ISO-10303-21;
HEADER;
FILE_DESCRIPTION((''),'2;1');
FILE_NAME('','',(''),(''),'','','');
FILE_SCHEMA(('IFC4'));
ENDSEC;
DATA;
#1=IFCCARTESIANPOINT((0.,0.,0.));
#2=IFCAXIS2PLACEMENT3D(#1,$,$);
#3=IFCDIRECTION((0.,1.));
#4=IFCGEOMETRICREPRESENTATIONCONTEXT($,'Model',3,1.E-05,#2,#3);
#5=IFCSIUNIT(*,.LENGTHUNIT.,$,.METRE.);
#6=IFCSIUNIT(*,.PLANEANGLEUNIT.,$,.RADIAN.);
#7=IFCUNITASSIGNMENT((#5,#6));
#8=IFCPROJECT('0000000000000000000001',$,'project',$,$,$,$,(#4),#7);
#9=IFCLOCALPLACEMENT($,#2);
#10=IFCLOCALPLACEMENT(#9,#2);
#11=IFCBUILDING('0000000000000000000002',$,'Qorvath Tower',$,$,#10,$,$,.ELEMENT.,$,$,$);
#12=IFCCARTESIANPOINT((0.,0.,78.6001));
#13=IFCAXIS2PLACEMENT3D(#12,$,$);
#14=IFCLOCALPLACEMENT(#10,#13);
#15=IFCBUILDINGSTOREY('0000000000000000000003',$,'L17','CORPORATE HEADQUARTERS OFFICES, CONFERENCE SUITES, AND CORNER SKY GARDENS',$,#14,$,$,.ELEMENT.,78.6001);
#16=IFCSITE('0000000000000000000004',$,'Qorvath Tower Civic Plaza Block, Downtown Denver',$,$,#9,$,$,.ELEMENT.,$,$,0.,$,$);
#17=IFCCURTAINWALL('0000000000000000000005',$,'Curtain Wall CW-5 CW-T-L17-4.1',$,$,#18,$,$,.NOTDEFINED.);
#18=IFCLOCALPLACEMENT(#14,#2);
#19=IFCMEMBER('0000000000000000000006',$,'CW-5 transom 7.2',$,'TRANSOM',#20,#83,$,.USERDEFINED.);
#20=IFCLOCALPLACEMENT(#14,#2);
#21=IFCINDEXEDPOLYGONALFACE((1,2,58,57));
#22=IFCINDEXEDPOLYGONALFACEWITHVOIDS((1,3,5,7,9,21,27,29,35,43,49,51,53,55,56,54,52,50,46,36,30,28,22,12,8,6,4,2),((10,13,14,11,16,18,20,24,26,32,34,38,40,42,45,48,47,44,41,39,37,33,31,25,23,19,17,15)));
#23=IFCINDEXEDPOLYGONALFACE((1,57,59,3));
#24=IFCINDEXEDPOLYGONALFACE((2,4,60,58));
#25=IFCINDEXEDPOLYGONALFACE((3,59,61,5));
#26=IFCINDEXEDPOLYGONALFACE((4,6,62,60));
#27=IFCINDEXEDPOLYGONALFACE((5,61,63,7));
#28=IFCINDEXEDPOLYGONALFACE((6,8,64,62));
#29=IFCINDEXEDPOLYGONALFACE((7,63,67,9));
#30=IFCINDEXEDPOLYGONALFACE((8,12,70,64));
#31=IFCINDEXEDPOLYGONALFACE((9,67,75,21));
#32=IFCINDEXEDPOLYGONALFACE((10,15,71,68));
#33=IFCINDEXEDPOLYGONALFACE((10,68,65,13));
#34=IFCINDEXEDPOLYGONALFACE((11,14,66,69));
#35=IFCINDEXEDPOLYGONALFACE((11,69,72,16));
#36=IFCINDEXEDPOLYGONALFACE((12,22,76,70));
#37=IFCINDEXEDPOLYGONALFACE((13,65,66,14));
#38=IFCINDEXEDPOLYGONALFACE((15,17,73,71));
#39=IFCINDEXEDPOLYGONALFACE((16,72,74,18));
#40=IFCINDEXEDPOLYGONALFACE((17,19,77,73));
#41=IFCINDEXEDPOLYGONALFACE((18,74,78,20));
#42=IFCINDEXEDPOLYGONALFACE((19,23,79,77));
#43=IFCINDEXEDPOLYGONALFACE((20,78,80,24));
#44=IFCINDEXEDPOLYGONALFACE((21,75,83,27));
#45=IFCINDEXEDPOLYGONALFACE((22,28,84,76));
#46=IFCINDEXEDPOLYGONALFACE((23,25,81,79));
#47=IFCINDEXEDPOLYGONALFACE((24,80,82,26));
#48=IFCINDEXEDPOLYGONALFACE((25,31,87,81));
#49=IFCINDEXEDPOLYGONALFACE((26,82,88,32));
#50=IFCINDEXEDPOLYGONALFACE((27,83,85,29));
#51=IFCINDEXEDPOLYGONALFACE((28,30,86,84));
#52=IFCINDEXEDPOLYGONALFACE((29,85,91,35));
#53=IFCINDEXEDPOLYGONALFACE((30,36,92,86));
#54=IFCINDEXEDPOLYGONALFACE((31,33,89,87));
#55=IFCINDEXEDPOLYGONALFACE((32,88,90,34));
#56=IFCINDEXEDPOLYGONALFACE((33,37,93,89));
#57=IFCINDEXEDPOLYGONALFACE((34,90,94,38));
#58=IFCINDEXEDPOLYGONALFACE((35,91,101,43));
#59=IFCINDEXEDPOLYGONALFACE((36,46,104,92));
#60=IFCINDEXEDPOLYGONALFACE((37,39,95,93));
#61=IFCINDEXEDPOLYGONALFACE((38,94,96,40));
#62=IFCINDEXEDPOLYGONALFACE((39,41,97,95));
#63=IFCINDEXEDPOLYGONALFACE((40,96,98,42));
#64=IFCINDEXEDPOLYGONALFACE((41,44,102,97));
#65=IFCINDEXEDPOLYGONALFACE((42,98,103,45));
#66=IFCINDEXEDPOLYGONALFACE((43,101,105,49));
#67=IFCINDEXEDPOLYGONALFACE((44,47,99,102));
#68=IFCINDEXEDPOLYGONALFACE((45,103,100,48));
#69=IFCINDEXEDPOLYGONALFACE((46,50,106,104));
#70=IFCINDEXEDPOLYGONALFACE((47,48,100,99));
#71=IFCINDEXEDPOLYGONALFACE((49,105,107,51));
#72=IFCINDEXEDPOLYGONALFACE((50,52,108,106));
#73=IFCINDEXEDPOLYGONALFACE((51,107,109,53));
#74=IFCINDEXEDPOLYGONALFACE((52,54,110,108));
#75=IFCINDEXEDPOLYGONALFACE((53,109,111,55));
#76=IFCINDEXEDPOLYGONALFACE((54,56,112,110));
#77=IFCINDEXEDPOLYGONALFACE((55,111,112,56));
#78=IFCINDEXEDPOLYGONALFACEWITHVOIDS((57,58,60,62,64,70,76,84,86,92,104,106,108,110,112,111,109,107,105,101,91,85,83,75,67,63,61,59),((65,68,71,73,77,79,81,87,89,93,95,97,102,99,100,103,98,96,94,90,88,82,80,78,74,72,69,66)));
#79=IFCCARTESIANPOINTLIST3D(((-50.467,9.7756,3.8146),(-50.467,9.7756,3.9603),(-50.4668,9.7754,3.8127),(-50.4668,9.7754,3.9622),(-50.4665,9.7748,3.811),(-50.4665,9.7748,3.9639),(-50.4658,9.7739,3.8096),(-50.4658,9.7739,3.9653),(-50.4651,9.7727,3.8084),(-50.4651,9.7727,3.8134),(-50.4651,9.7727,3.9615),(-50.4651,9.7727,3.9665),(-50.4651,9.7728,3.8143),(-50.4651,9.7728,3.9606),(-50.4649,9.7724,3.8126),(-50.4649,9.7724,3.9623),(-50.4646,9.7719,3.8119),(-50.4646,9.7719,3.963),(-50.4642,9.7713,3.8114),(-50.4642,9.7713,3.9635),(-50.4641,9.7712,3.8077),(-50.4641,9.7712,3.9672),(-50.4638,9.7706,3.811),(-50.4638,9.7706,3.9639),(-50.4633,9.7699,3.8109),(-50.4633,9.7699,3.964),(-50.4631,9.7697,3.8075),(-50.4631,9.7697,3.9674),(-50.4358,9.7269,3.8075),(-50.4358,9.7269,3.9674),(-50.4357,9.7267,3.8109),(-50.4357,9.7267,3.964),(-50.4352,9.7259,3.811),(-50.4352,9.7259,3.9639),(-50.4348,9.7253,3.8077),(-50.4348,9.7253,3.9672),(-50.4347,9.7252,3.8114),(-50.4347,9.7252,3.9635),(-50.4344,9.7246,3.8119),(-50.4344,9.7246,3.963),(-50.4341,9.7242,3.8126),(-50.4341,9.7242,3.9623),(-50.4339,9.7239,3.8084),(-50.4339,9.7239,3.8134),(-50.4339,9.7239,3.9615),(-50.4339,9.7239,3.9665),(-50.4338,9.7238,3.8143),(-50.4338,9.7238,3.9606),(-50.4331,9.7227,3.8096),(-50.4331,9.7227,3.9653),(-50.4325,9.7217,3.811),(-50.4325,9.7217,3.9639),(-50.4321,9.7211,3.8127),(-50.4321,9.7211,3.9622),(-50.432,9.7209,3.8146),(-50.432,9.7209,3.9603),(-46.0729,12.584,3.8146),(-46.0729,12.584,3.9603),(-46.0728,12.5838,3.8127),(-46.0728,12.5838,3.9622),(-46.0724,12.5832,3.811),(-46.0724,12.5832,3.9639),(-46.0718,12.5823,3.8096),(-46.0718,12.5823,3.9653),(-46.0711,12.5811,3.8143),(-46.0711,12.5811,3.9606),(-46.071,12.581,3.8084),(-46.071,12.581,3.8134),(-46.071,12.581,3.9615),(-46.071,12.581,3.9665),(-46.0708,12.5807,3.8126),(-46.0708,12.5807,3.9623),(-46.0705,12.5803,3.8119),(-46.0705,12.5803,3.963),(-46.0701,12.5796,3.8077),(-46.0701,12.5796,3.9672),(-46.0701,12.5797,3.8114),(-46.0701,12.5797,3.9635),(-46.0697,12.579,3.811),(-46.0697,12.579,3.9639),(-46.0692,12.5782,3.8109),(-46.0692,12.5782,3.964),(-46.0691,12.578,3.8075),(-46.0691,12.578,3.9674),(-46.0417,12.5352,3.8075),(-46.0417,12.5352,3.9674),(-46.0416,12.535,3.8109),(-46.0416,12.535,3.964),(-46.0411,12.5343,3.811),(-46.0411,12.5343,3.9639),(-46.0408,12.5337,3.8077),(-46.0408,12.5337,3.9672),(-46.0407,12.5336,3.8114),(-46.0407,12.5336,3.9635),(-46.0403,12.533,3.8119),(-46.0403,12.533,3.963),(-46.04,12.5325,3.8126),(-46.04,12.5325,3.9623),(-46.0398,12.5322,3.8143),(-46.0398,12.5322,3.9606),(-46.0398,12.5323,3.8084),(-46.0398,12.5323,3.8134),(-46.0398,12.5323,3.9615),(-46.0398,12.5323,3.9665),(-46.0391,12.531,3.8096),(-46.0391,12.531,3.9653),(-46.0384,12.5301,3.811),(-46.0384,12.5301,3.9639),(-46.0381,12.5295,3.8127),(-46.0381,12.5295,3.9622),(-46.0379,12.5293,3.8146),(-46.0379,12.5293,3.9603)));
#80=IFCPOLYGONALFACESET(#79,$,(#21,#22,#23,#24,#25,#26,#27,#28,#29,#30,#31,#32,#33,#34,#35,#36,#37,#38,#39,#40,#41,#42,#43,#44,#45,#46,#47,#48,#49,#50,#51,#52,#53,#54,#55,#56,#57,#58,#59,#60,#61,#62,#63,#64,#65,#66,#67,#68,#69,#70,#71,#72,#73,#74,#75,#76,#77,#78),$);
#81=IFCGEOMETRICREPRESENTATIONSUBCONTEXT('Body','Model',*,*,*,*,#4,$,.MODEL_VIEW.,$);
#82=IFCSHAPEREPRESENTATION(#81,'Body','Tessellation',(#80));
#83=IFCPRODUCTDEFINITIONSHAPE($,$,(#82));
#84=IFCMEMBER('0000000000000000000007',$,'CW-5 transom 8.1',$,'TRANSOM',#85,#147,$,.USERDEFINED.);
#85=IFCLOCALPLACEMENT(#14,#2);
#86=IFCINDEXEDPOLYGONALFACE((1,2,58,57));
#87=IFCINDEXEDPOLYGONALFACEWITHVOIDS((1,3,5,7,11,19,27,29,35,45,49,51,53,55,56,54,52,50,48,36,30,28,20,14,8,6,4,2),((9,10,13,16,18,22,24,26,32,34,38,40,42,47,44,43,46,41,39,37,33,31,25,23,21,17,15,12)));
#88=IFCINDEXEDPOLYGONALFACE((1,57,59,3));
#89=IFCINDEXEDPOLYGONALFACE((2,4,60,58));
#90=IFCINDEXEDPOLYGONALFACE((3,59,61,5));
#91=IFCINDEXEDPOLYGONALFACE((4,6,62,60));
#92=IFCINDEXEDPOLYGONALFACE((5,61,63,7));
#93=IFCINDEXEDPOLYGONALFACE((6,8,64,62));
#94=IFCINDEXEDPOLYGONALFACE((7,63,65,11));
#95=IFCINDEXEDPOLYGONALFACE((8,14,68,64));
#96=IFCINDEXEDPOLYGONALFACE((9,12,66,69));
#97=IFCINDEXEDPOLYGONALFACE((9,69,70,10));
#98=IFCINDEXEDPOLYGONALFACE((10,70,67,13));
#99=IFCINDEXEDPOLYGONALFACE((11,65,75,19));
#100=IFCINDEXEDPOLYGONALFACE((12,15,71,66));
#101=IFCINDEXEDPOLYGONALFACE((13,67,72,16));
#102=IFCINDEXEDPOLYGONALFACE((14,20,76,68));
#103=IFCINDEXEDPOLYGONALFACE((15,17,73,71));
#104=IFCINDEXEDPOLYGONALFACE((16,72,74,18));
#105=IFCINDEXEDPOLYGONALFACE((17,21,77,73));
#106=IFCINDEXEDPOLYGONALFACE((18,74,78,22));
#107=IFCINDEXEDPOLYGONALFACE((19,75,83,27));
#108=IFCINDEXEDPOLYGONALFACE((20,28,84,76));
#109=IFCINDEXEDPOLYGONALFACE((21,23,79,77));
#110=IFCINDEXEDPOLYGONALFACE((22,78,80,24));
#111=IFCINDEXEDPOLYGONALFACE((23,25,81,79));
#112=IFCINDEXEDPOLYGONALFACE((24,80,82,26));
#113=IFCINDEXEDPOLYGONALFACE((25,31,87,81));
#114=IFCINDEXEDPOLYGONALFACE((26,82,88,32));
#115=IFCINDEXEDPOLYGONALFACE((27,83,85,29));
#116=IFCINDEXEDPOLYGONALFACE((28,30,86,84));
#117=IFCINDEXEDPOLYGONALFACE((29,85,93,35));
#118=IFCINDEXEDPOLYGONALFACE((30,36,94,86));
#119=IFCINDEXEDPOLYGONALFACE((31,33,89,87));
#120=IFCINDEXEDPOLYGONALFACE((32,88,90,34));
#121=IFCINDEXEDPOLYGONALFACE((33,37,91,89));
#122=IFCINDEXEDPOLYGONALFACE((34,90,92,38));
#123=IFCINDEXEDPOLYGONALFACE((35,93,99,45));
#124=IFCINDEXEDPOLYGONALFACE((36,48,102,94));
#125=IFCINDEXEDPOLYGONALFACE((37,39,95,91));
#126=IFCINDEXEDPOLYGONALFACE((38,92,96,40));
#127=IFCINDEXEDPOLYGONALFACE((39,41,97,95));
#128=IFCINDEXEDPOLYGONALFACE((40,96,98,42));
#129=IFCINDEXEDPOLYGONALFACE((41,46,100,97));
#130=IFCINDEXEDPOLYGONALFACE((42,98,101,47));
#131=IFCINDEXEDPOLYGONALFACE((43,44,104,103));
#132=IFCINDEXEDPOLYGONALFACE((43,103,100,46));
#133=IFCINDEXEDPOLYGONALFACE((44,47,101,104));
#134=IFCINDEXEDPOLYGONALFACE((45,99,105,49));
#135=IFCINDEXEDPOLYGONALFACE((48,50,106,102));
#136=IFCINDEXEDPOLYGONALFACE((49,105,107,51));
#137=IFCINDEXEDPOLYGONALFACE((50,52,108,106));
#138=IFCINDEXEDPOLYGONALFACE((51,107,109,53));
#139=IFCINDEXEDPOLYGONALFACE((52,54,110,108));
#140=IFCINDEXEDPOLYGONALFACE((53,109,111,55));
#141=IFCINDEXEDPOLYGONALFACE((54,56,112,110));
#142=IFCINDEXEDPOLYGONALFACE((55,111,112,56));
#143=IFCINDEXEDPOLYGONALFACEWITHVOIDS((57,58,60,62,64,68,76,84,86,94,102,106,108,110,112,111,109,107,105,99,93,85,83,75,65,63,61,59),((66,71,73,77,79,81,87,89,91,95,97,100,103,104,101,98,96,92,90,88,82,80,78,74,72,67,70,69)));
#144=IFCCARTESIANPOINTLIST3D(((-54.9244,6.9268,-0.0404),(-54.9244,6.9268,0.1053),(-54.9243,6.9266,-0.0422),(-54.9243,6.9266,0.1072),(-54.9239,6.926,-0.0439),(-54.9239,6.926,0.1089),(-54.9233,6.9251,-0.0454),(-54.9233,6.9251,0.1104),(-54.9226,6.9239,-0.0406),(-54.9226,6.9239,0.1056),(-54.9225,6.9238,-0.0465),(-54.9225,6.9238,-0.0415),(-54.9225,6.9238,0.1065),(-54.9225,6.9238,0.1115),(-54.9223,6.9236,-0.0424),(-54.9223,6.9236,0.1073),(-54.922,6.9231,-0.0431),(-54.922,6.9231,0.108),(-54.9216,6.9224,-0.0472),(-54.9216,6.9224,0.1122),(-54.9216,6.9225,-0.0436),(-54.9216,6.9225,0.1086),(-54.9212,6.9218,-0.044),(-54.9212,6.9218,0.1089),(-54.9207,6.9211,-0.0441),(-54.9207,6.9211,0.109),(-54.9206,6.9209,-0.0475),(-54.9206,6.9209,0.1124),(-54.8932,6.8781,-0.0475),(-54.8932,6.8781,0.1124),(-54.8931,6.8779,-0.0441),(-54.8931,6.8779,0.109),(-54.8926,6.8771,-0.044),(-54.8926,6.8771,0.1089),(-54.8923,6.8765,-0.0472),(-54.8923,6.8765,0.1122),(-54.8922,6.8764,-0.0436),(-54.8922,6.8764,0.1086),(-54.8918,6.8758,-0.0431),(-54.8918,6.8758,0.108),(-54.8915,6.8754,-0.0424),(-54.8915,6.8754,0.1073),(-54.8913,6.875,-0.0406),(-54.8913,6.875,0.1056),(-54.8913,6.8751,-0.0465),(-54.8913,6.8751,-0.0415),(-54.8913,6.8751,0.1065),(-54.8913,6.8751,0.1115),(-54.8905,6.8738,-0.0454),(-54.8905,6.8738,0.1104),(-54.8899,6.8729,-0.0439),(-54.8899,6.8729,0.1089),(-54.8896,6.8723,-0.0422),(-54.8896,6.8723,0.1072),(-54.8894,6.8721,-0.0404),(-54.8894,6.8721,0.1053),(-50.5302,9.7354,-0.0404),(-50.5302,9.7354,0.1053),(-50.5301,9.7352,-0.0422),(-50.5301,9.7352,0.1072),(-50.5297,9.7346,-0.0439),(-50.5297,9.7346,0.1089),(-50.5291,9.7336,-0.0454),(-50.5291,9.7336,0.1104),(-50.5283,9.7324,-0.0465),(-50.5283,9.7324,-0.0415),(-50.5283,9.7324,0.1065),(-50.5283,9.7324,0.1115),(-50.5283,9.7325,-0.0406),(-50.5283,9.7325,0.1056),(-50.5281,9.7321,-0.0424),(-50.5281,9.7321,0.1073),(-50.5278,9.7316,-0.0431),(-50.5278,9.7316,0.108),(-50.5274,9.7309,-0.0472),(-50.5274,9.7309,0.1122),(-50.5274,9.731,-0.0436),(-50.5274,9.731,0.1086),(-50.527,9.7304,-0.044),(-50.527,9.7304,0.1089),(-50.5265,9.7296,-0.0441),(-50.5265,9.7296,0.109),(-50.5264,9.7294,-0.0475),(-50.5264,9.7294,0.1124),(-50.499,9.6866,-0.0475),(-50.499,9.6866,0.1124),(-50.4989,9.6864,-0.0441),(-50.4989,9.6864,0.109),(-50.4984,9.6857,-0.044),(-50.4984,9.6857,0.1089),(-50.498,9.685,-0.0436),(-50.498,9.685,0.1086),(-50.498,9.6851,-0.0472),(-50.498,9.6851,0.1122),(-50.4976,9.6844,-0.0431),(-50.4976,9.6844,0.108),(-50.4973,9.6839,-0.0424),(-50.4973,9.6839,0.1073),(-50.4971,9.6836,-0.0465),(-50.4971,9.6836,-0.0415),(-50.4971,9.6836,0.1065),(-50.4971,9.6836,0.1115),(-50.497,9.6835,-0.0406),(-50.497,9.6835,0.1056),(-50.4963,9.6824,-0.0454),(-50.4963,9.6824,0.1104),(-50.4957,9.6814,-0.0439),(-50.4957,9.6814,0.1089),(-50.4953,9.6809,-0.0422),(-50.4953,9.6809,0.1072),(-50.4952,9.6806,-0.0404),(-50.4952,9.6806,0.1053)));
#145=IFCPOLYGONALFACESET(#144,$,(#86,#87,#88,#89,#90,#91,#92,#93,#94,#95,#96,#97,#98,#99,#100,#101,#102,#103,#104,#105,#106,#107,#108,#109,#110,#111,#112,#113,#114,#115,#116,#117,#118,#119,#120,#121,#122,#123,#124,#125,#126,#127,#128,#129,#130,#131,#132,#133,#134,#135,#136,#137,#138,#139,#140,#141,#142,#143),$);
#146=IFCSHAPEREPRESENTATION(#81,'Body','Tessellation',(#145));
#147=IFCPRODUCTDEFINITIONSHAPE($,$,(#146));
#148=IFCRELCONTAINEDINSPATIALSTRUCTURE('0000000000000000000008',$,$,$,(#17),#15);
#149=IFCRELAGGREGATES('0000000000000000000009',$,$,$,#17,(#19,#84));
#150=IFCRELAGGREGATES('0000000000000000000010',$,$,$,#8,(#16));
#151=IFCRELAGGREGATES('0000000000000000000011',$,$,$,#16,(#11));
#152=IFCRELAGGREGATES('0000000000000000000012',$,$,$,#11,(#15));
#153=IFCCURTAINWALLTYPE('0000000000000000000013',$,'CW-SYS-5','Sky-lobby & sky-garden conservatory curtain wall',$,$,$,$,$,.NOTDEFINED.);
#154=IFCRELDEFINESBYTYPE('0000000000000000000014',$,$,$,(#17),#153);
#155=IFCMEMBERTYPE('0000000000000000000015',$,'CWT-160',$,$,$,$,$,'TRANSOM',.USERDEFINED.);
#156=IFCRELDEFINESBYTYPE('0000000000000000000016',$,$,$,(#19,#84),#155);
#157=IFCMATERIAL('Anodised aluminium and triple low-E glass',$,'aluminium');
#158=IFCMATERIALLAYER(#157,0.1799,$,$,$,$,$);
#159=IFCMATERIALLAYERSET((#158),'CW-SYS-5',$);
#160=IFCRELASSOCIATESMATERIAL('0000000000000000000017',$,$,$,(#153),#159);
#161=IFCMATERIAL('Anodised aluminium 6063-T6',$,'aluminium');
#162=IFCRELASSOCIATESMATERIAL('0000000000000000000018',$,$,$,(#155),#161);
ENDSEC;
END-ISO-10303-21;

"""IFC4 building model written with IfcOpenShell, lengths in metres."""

from ifc_helpers import new_model, si_unit, direction, frame, origin, origin_2d, place, context, subcontext, project, spatial, hollow_rectangle, extrude, material, layer, layer_set, material_profile, profile_set, type_object, element, aggregate, save


model = new_model("IFC4")

# Units and contexts
model_context = context("Model", 3, precision=1e-05, world=origin(), true_north=direction((0.0, 1.0)))
body_context = subcontext(model_context, "Body", "Model", "MODEL_VIEW")
ifc_project = project(units=[si_unit("LENGTHUNIT", "METRE"), si_unit("PLANEANGLEUNIT", "RADIAN")], contexts=[model_context])

# Site, building, storey
site_placement = place(None, origin())
site = spatial("IfcSite", under=ifc_project, at=site_placement, Name="Qorvath Tower Civic Plaza Block, Downtown Denver", CompositionType="ELEMENT", RefElevation=0.0)
building_placement = place(site_placement, origin())
building = spatial("IfcBuilding", under=site, at=building_placement, Name="Qorvath Tower", CompositionType="ELEMENT")
storey_placement = place(building_placement, frame((0.0, 0.0, 78.6001)))
storey = spatial("IfcBuildingStorey", under=building, at=storey_placement, Name="L17", Description="CORPORATE HEADQUARTERS OFFICES, CONFERENCE SUITES, AND CORNER SKY GARDENS", CompositionType="ELEMENT", Elevation=78.6001)

# Curtain wall
ifc_material_1 = material(Name="Anodised aluminium and triple low-E glass", Category="aluminium")
ifc_layer_1 = layer(ifc_material_1, 0.1799)
ifc_layer_set_1 = layer_set([ifc_layer_1], Name="CW-SYS-5")
curtain_wall_type = type_object("IfcCurtainWallType", Name="CW-SYS-5", Description="Sky-lobby & sky-garden conservatory curtain wall", PredefinedType="NOTDEFINED", material=ifc_layer_set_1)
curtain_wall_1_placement = place(storey_placement, origin())
curtain_wall_1 = element("IfcCurtainWall", 1, at=curtain_wall_1_placement, inside=storey, type_object=curtain_wall_type, Name="Curtain Wall CW-5 CW-T-L17-4.1", PredefinedType="NOTDEFINED")

# Members
ifc_material_2 = material(Name="Anodised aluminium 6063-T6", Category="aluminium")
ifc_material_profile_1 = material_profile(ifc_material_2, hollow_rectangle(XDim=0.0649, YDim=0.1599, WallThickness=0.0034, InnerFilletRadius=0.0034, OuterFilletRadius=0.0071, at=origin_2d()), Name="CWT 160x65")
ifc_profile_set_1 = profile_set([ifc_material_profile_1], Name="Anodised aluminium 6063-T6")
member_type_1 = type_object("IfcMemberType", Name="CWT-160", ElementType="TRANSOM", PredefinedType="USERDEFINED", material=ifc_profile_set_1)
member_1_placement = place(storey_placement, frame((-46.0554, 12.5566, 3.8875), z_axis=(-0.842605, -0.538531, 0.0), x_axis=(0.538531, -0.842605, 0.0)))
member_1 = element("IfcMember", 2, at=member_1_placement, type_object=member_type_1, Name="CW-5 transom 7.2", ObjectType="TRANSOM", PredefinedType="USERDEFINED", context=body_context, shape_type="SweptSolid", body=[
    extrude(hollow_rectangle(XDim=0.0649, YDim=0.1599, WallThickness=0.0034, InnerFilletRadius=0.0034, OuterFilletRadius=0.0071, at=origin_2d()), origin(), (0.0, 0.0, 1.0), 5.2148),
])
member_2_placement = place(storey_placement, frame((-50.5127, 9.708, 0.0325), z_axis=(-0.842598, -0.538543, 0.0), x_axis=(0.538543, -0.842598, 0.0)))
member_2 = element("IfcMember", 3, at=member_2_placement, type_object=member_type_1, Name="CW-5 transom 8.1", ObjectType="TRANSOM", PredefinedType="USERDEFINED", context=body_context, shape_type="SweptSolid", body=[
    extrude(hollow_rectangle(XDim=0.0649, YDim=0.1599, WallThickness=0.0034, InnerFilletRadius=0.0034, OuterFilletRadius=0.0071, at=origin_2d()), origin(), (0.0, 0.0, 1.0), 5.2151),
])

aggregate(curtain_wall_1, [member_1, member_2])

save(model, "model.ifc")
